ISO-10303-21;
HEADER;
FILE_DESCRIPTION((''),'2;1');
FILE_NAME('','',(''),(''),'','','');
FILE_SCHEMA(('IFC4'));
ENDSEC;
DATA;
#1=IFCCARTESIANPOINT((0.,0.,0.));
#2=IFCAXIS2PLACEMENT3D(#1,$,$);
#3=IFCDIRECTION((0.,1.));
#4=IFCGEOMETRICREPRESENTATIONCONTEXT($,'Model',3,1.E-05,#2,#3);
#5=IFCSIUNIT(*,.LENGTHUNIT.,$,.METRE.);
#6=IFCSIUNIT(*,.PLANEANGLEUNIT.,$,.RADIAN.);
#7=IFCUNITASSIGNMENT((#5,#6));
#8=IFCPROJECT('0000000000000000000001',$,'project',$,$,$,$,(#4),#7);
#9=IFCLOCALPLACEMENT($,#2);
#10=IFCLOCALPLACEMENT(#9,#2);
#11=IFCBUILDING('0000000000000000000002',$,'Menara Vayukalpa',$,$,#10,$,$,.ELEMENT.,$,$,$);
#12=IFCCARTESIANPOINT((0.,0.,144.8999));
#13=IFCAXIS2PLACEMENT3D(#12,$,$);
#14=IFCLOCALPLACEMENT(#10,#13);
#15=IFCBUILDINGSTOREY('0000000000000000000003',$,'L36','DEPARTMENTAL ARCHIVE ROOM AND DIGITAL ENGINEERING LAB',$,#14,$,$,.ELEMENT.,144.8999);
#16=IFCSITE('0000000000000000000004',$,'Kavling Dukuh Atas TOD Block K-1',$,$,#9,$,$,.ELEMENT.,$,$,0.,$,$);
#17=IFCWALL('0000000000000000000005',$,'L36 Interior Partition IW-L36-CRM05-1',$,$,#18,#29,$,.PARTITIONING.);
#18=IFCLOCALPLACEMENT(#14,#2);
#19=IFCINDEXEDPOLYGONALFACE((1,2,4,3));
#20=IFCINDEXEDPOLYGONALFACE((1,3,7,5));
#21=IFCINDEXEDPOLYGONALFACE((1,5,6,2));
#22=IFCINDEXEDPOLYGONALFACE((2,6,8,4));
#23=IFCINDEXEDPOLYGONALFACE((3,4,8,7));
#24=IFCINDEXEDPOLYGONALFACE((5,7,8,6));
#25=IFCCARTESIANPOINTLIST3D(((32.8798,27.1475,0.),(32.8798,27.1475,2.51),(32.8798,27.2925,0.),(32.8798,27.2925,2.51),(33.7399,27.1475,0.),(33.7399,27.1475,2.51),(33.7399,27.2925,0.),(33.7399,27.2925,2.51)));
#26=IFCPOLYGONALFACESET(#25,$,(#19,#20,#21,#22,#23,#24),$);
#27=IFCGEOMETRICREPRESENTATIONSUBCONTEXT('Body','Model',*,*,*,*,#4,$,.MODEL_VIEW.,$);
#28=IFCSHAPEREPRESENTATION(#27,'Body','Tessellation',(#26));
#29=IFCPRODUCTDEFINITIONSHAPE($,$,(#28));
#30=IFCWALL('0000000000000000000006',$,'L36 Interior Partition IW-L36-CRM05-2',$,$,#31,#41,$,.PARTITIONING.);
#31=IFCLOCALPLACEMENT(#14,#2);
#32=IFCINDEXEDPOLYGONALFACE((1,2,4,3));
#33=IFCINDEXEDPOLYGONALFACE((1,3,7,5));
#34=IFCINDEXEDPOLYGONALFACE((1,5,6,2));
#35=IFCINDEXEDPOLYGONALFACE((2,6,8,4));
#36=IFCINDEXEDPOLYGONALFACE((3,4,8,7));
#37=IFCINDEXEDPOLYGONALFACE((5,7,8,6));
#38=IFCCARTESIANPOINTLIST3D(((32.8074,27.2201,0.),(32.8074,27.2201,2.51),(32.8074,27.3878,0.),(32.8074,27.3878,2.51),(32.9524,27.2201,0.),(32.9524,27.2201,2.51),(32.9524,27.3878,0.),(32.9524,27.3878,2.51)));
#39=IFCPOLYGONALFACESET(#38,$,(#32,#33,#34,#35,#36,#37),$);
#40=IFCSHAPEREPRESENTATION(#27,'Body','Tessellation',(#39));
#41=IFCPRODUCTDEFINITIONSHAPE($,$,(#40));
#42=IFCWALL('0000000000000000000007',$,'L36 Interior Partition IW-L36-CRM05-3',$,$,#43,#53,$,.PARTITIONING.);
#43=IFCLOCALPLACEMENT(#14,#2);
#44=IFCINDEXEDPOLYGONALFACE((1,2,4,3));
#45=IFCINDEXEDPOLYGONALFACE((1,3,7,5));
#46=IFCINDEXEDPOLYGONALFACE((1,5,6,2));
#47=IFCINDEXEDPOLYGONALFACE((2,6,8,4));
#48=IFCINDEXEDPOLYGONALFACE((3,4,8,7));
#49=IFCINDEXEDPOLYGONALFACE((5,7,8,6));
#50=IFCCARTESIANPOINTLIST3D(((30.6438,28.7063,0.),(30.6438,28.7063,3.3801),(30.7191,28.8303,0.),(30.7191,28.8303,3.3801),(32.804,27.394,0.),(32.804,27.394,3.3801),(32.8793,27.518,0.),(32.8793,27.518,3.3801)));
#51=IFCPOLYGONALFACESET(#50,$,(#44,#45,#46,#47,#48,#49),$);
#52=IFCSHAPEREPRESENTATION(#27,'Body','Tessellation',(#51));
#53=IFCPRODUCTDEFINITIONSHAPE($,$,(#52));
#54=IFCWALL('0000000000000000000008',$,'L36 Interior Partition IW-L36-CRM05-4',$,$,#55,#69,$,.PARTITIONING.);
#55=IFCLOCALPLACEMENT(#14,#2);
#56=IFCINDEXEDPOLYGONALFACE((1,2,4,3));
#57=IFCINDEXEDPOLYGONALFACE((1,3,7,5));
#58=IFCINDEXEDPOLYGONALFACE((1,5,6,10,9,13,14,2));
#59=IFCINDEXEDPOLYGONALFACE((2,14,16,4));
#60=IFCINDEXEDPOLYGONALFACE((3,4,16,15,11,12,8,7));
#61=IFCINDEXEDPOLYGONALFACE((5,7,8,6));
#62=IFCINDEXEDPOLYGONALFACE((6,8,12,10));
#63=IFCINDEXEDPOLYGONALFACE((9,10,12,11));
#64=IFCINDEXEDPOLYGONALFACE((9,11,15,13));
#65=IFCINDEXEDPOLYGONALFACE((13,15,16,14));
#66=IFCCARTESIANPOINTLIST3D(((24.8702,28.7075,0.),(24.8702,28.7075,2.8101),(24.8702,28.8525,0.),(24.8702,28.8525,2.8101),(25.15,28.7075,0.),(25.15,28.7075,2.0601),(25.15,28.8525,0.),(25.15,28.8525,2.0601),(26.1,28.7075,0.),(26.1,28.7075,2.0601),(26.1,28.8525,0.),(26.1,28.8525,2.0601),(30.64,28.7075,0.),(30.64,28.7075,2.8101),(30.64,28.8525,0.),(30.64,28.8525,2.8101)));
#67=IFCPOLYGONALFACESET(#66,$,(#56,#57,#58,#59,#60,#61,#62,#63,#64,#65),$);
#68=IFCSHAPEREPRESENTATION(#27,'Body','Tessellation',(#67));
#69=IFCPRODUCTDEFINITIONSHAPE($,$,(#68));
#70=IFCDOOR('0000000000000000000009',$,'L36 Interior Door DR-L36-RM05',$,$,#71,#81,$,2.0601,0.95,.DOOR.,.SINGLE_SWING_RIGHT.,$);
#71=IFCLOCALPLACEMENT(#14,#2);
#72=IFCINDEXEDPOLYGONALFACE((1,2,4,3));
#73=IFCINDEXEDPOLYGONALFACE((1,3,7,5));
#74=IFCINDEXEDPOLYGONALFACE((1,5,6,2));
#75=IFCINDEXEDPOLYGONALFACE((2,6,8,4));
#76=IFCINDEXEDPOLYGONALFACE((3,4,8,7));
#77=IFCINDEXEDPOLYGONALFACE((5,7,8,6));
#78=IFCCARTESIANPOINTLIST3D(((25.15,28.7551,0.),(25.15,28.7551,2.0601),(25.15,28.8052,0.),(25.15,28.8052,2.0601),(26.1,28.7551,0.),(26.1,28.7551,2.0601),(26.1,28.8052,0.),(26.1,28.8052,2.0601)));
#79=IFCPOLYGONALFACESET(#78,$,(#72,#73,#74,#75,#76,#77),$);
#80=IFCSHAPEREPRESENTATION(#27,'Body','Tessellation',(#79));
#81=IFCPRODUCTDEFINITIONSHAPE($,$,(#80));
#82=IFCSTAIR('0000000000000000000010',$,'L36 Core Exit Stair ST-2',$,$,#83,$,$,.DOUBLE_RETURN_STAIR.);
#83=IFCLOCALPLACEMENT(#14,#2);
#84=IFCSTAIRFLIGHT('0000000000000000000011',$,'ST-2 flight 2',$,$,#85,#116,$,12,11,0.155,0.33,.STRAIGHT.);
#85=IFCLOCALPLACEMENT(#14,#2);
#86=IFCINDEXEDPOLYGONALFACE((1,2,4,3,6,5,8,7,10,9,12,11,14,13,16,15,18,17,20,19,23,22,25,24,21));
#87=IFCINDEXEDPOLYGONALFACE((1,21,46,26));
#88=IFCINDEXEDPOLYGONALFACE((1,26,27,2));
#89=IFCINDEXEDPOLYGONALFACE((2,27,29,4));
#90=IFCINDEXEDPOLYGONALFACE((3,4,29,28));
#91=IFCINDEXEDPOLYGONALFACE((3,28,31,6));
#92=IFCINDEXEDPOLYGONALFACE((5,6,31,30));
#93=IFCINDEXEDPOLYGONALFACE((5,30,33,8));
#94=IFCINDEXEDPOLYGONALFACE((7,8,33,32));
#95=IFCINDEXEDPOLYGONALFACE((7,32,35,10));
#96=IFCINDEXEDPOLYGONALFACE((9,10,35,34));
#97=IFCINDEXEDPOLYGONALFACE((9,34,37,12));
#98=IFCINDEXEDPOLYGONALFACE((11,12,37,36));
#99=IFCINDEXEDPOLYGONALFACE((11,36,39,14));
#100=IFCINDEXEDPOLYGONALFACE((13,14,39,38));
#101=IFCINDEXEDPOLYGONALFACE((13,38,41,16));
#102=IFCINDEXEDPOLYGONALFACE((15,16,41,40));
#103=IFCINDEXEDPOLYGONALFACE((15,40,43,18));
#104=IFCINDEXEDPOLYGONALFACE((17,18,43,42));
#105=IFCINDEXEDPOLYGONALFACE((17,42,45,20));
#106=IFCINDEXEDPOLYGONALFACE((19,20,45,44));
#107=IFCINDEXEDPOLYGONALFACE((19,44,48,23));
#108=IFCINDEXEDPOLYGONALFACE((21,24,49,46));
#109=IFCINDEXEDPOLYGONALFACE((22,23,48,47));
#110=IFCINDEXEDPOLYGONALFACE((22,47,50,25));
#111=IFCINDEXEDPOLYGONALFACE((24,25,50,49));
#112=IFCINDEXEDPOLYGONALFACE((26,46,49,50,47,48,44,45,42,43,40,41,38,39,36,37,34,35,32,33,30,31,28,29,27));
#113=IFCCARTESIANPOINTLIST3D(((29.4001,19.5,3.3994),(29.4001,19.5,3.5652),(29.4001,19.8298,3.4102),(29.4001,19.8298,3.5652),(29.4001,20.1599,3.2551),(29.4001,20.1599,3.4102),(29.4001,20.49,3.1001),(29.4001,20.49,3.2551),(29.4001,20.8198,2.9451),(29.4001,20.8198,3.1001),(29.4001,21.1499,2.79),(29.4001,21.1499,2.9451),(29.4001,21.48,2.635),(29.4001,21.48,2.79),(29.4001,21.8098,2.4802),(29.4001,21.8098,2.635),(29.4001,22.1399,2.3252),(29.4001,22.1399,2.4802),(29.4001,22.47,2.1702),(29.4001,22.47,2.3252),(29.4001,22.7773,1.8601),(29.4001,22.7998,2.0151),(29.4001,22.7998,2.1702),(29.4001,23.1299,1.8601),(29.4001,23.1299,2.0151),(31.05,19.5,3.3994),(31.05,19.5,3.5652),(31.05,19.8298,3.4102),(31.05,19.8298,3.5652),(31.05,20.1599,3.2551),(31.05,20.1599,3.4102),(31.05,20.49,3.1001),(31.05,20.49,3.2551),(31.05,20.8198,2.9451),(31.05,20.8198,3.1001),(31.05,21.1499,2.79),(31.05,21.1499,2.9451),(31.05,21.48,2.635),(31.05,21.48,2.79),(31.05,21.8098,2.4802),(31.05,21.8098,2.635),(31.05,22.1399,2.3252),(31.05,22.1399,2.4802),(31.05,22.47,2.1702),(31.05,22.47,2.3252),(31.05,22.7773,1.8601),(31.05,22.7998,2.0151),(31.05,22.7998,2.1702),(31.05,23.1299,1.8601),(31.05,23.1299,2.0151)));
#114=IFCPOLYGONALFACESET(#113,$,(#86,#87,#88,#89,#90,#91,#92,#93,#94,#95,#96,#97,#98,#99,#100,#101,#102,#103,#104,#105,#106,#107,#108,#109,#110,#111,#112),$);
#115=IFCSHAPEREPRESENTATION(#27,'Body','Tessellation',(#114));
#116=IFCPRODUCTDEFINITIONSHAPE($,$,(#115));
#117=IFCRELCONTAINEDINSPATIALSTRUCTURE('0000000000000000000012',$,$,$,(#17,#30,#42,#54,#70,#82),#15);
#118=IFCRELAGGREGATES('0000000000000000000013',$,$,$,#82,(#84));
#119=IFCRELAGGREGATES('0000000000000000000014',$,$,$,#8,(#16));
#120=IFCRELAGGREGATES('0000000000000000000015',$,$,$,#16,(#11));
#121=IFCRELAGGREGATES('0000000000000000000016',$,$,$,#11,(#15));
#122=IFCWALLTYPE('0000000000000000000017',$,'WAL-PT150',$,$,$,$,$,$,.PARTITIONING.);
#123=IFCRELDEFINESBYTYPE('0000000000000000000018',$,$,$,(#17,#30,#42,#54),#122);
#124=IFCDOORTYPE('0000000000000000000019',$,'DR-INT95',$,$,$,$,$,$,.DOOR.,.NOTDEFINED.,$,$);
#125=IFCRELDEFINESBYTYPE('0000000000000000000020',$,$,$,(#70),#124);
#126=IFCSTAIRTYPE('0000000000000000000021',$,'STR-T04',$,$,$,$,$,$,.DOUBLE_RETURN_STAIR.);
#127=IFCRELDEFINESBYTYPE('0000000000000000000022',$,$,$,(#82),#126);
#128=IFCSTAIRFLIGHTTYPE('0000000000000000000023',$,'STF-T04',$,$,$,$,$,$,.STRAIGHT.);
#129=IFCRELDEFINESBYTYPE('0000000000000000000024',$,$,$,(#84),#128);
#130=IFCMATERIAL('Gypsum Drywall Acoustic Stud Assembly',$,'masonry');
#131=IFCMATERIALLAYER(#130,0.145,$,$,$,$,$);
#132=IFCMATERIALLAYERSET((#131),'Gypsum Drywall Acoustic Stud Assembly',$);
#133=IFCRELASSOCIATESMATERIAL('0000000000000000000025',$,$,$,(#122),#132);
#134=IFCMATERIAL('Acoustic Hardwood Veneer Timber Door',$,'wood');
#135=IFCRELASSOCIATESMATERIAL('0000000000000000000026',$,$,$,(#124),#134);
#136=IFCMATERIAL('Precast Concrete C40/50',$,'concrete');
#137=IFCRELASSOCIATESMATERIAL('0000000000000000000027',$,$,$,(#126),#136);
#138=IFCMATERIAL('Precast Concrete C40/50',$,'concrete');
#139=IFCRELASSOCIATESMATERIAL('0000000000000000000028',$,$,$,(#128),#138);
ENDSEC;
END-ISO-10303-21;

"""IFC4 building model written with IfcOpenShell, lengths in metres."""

from ifc_helpers import new_model, si_unit, direction, frame, frame_2d, origin, place, context, subcontext, project, spatial, polyline, rectangle, outline, extrude, material, layer, layer_set, type_object, element, fill, aggregate, save


model = new_model("IFC4")

# Units and contexts
model_context = context("Model", 3, precision=1e-05, world=origin(), true_north=direction((0.0, 1.0)))
body_context = subcontext(model_context, "Body", "Model", "MODEL_VIEW")
ifc_project = project(units=[si_unit("LENGTHUNIT", "METRE"), si_unit("PLANEANGLEUNIT", "RADIAN")], contexts=[model_context])

# Site, building, storey
site_placement = place(None, origin())
site = spatial("IfcSite", under=ifc_project, at=site_placement, Name="Kavling Dukuh Atas TOD Block K-1", CompositionType="ELEMENT", RefElevation=0.0)
building_placement = place(site_placement, origin())
building = spatial("IfcBuilding", under=site, at=building_placement, Name="Menara Vayukalpa", CompositionType="ELEMENT")
storey_placement = place(building_placement, frame((0.0, 0.0, 144.8999)))
storey = spatial("IfcBuildingStorey", under=building, at=storey_placement, Name="L36", Description="DEPARTMENTAL ARCHIVE ROOM AND DIGITAL ENGINEERING LAB", CompositionType="ELEMENT", Elevation=144.8999)

# Walls
ifc_material_1 = material(Name="Gypsum Drywall Acoustic Stud Assembly", Category="masonry")
ifc_layer_1 = layer(ifc_material_1, 0.145)
ifc_layer_set_1 = layer_set([ifc_layer_1], Name="Gypsum Drywall Acoustic Stud Assembly")
wall_type_1 = type_object("IfcWallType", Name="WAL-PT150", PredefinedType="PARTITIONING", material=ifc_layer_set_1)
wall_1_placement = place(storey_placement, frame((33.74, 27.22, 0.0), z_axis=(0.0, 0.0, 1.0), x_axis=(-1.0, 0.0, 0.0)))
element("IfcWall", 1, at=wall_1_placement, inside=storey, type_object=wall_type_1, Name="L36 Interior Partition IW-L36-CRM05-1", PredefinedType="PARTITIONING", context=body_context, shape_type="SweptSolid", body=[
    extrude(rectangle(XDim=0.8601, YDim=0.145, at=frame_2d((0.4302, 0.0))), origin(), (0.0, 0.0, 1.0), 2.51),
])
wall_2_placement = place(storey_placement, frame((32.8799, 27.22, 0.0), z_axis=(0.0, 0.0, 1.0), x_axis=(0.0, 1.0, 0.0)))
element("IfcWall", 2, at=wall_2_placement, inside=storey, type_object=wall_type_1, Name="L36 Interior Partition IW-L36-CRM05-2", PredefinedType="PARTITIONING", context=body_context, shape_type="SweptSolid", body=[
    extrude(rectangle(XDim=0.1677, YDim=0.145, at=frame_2d((0.084, 0.0))), origin(), (0.0, 0.0, 1.0), 2.51),
])
wall_3_placement = place(storey_placement, frame((32.8416, 27.4561, 0.0), z_axis=(0.0, 0.0, 1.0), x_axis=(-0.854659, 0.51919, 0.0)))
element("IfcWall", 3, at=wall_3_placement, inside=storey, type_object=wall_type_1, Name="L36 Interior Partition IW-L36-CRM05-3", PredefinedType="PARTITIONING", context=body_context, shape_type="SweptSolid", body=[
    extrude(rectangle(XDim=2.5276, YDim=0.145, at=frame_2d((1.2637, 0.0))), origin(), (0.0, 0.0, 1.0), 3.3801),
])

# Wall, opening, door
wall_4_placement = place(storey_placement, frame((30.6399, 28.78, 0.0), z_axis=(0.0, 0.0, 1.0), x_axis=(-1.0, 0.0, 0.0)))
wall_4 = element("IfcWall", 4, at=wall_4_placement, inside=storey, type_object=wall_type_1, Name="L36 Interior Partition IW-L36-CRM05-4", PredefinedType="PARTITIONING", context=body_context, shape_type="SweptSolid", body=[
    extrude(rectangle(XDim=5.7698, YDim=0.145, at=frame_2d((2.8848, 0.0))), origin(), (0.0, 0.0, 1.0), 2.8101),
])
opening_placement = place(wall_4_placement, frame((4.5398, 0.0, 0.0)))
opening = element("IfcOpeningElement", 5, at=opening_placement, cuts=wall_4, PredefinedType="OPENING", context=body_context, shape_type="SweptSolid", body=[
    extrude(rectangle(XDim=0.95, YDim=2.0601, at=frame_2d((0.4751, 1.03))), frame((0.0, 0.0825, 0.0), z_axis=(0.0, -1.0, 0.0), x_axis=(1.0, 0.0, 0.0)), (0.0, 0.0, 1.0), 0.165),
])
ifc_material_2 = material(Name="Acoustic Hardwood Veneer Timber Door", Category="wood")
door_type = type_object("IfcDoorType", Name="DR-INT95", OperationType="NOTDEFINED", PredefinedType="DOOR", material=ifc_material_2)
door_placement = place(opening_placement, origin())
door = element("IfcDoor", 6, at=door_placement, inside=storey, type_object=door_type, Name="L36 Interior Door DR-L36-RM05", OperationType="SINGLE_SWING_RIGHT", OverallHeight=2.0601, OverallWidth=0.95, PredefinedType="DOOR", context=body_context, shape_type="SweptSolid", body=[
    extrude(rectangle(XDim=0.95, YDim=2.0601, at=frame_2d((0.4751, 1.03))), frame((0.0, 0.0249, 0.0), z_axis=(0.0, -1.0, 0.0), x_axis=(1.0, 0.0, 0.0)), (0.0, 0.0, 1.0), 0.05),
])
fill(opening, door)

# Stair, stair flight
ifc_material_3 = material(Name="Precast Concrete C40/50", Category="concrete")
stair_type = type_object("IfcStairType", Name="STR-T04", PredefinedType="DOUBLE_RETURN_STAIR", material=ifc_material_3)
stair_placement = place(storey_placement, origin())
stair = element("IfcStair", 7, at=stair_placement, inside=storey, type_object=stair_type, Name="L36 Core Exit Stair ST-2", PredefinedType="DOUBLE_RETURN_STAIR")
ifc_material_4 = material(Name="Precast Concrete C40/50", Category="concrete")
stair_flight_type = type_object("IfcStairFlightType", Name="STF-T04", PredefinedType="STRAIGHT", material=ifc_material_4)
stair_flight_placement = place(storey_placement, frame((30.2251, 23.1299, 1.8601), z_axis=(0.0, 0.0, 1.0), x_axis=(0.0, -1.0, 0.0)))
stair_flight = element("IfcStairFlight", 8, at=stair_flight_placement, type_object=stair_flight_type, Name="ST-2 flight 2", NumberOfRisers=12, NumberOfTreads=11, PredefinedType="STRAIGHT", RiserHeight=0.155, TreadLength=0.33, context=body_context, shape_type="SweptSolid", body=[
    extrude(outline(polyline([(0.0, 0.0), (0.0, 0.155), (0.3301, 0.155), (0.3301, 0.3101), (0.6599, 0.3101), (0.6599, 0.4651), (0.99, 0.4651), (0.99, 0.6201), (1.3201, 0.6201), (1.3201, 0.7749), (1.6499, 0.7749), (1.6499, 0.9299), (1.98, 0.9299), (1.98, 1.085), (2.3101, 1.085), (2.3101, 1.24), (2.6399, 1.24), (2.6399, 1.395), (2.97, 1.395), (2.97, 1.55), (3.3, 1.55), (3.3, 1.7051), (3.6299, 1.7051), (3.6299, 1.8601), (3.6299, 1.5393), (0.3525, 0.0), (0.0, 0.0)])), frame((0.0, 0.825, 0.0), z_axis=(0.0, -1.0, 0.0), x_axis=(1.0, 0.0, 0.0)), (0.0, 0.0, 1.0), 1.6499),
])
aggregate(stair, [stair_flight])

save(model, "model.ifc")
